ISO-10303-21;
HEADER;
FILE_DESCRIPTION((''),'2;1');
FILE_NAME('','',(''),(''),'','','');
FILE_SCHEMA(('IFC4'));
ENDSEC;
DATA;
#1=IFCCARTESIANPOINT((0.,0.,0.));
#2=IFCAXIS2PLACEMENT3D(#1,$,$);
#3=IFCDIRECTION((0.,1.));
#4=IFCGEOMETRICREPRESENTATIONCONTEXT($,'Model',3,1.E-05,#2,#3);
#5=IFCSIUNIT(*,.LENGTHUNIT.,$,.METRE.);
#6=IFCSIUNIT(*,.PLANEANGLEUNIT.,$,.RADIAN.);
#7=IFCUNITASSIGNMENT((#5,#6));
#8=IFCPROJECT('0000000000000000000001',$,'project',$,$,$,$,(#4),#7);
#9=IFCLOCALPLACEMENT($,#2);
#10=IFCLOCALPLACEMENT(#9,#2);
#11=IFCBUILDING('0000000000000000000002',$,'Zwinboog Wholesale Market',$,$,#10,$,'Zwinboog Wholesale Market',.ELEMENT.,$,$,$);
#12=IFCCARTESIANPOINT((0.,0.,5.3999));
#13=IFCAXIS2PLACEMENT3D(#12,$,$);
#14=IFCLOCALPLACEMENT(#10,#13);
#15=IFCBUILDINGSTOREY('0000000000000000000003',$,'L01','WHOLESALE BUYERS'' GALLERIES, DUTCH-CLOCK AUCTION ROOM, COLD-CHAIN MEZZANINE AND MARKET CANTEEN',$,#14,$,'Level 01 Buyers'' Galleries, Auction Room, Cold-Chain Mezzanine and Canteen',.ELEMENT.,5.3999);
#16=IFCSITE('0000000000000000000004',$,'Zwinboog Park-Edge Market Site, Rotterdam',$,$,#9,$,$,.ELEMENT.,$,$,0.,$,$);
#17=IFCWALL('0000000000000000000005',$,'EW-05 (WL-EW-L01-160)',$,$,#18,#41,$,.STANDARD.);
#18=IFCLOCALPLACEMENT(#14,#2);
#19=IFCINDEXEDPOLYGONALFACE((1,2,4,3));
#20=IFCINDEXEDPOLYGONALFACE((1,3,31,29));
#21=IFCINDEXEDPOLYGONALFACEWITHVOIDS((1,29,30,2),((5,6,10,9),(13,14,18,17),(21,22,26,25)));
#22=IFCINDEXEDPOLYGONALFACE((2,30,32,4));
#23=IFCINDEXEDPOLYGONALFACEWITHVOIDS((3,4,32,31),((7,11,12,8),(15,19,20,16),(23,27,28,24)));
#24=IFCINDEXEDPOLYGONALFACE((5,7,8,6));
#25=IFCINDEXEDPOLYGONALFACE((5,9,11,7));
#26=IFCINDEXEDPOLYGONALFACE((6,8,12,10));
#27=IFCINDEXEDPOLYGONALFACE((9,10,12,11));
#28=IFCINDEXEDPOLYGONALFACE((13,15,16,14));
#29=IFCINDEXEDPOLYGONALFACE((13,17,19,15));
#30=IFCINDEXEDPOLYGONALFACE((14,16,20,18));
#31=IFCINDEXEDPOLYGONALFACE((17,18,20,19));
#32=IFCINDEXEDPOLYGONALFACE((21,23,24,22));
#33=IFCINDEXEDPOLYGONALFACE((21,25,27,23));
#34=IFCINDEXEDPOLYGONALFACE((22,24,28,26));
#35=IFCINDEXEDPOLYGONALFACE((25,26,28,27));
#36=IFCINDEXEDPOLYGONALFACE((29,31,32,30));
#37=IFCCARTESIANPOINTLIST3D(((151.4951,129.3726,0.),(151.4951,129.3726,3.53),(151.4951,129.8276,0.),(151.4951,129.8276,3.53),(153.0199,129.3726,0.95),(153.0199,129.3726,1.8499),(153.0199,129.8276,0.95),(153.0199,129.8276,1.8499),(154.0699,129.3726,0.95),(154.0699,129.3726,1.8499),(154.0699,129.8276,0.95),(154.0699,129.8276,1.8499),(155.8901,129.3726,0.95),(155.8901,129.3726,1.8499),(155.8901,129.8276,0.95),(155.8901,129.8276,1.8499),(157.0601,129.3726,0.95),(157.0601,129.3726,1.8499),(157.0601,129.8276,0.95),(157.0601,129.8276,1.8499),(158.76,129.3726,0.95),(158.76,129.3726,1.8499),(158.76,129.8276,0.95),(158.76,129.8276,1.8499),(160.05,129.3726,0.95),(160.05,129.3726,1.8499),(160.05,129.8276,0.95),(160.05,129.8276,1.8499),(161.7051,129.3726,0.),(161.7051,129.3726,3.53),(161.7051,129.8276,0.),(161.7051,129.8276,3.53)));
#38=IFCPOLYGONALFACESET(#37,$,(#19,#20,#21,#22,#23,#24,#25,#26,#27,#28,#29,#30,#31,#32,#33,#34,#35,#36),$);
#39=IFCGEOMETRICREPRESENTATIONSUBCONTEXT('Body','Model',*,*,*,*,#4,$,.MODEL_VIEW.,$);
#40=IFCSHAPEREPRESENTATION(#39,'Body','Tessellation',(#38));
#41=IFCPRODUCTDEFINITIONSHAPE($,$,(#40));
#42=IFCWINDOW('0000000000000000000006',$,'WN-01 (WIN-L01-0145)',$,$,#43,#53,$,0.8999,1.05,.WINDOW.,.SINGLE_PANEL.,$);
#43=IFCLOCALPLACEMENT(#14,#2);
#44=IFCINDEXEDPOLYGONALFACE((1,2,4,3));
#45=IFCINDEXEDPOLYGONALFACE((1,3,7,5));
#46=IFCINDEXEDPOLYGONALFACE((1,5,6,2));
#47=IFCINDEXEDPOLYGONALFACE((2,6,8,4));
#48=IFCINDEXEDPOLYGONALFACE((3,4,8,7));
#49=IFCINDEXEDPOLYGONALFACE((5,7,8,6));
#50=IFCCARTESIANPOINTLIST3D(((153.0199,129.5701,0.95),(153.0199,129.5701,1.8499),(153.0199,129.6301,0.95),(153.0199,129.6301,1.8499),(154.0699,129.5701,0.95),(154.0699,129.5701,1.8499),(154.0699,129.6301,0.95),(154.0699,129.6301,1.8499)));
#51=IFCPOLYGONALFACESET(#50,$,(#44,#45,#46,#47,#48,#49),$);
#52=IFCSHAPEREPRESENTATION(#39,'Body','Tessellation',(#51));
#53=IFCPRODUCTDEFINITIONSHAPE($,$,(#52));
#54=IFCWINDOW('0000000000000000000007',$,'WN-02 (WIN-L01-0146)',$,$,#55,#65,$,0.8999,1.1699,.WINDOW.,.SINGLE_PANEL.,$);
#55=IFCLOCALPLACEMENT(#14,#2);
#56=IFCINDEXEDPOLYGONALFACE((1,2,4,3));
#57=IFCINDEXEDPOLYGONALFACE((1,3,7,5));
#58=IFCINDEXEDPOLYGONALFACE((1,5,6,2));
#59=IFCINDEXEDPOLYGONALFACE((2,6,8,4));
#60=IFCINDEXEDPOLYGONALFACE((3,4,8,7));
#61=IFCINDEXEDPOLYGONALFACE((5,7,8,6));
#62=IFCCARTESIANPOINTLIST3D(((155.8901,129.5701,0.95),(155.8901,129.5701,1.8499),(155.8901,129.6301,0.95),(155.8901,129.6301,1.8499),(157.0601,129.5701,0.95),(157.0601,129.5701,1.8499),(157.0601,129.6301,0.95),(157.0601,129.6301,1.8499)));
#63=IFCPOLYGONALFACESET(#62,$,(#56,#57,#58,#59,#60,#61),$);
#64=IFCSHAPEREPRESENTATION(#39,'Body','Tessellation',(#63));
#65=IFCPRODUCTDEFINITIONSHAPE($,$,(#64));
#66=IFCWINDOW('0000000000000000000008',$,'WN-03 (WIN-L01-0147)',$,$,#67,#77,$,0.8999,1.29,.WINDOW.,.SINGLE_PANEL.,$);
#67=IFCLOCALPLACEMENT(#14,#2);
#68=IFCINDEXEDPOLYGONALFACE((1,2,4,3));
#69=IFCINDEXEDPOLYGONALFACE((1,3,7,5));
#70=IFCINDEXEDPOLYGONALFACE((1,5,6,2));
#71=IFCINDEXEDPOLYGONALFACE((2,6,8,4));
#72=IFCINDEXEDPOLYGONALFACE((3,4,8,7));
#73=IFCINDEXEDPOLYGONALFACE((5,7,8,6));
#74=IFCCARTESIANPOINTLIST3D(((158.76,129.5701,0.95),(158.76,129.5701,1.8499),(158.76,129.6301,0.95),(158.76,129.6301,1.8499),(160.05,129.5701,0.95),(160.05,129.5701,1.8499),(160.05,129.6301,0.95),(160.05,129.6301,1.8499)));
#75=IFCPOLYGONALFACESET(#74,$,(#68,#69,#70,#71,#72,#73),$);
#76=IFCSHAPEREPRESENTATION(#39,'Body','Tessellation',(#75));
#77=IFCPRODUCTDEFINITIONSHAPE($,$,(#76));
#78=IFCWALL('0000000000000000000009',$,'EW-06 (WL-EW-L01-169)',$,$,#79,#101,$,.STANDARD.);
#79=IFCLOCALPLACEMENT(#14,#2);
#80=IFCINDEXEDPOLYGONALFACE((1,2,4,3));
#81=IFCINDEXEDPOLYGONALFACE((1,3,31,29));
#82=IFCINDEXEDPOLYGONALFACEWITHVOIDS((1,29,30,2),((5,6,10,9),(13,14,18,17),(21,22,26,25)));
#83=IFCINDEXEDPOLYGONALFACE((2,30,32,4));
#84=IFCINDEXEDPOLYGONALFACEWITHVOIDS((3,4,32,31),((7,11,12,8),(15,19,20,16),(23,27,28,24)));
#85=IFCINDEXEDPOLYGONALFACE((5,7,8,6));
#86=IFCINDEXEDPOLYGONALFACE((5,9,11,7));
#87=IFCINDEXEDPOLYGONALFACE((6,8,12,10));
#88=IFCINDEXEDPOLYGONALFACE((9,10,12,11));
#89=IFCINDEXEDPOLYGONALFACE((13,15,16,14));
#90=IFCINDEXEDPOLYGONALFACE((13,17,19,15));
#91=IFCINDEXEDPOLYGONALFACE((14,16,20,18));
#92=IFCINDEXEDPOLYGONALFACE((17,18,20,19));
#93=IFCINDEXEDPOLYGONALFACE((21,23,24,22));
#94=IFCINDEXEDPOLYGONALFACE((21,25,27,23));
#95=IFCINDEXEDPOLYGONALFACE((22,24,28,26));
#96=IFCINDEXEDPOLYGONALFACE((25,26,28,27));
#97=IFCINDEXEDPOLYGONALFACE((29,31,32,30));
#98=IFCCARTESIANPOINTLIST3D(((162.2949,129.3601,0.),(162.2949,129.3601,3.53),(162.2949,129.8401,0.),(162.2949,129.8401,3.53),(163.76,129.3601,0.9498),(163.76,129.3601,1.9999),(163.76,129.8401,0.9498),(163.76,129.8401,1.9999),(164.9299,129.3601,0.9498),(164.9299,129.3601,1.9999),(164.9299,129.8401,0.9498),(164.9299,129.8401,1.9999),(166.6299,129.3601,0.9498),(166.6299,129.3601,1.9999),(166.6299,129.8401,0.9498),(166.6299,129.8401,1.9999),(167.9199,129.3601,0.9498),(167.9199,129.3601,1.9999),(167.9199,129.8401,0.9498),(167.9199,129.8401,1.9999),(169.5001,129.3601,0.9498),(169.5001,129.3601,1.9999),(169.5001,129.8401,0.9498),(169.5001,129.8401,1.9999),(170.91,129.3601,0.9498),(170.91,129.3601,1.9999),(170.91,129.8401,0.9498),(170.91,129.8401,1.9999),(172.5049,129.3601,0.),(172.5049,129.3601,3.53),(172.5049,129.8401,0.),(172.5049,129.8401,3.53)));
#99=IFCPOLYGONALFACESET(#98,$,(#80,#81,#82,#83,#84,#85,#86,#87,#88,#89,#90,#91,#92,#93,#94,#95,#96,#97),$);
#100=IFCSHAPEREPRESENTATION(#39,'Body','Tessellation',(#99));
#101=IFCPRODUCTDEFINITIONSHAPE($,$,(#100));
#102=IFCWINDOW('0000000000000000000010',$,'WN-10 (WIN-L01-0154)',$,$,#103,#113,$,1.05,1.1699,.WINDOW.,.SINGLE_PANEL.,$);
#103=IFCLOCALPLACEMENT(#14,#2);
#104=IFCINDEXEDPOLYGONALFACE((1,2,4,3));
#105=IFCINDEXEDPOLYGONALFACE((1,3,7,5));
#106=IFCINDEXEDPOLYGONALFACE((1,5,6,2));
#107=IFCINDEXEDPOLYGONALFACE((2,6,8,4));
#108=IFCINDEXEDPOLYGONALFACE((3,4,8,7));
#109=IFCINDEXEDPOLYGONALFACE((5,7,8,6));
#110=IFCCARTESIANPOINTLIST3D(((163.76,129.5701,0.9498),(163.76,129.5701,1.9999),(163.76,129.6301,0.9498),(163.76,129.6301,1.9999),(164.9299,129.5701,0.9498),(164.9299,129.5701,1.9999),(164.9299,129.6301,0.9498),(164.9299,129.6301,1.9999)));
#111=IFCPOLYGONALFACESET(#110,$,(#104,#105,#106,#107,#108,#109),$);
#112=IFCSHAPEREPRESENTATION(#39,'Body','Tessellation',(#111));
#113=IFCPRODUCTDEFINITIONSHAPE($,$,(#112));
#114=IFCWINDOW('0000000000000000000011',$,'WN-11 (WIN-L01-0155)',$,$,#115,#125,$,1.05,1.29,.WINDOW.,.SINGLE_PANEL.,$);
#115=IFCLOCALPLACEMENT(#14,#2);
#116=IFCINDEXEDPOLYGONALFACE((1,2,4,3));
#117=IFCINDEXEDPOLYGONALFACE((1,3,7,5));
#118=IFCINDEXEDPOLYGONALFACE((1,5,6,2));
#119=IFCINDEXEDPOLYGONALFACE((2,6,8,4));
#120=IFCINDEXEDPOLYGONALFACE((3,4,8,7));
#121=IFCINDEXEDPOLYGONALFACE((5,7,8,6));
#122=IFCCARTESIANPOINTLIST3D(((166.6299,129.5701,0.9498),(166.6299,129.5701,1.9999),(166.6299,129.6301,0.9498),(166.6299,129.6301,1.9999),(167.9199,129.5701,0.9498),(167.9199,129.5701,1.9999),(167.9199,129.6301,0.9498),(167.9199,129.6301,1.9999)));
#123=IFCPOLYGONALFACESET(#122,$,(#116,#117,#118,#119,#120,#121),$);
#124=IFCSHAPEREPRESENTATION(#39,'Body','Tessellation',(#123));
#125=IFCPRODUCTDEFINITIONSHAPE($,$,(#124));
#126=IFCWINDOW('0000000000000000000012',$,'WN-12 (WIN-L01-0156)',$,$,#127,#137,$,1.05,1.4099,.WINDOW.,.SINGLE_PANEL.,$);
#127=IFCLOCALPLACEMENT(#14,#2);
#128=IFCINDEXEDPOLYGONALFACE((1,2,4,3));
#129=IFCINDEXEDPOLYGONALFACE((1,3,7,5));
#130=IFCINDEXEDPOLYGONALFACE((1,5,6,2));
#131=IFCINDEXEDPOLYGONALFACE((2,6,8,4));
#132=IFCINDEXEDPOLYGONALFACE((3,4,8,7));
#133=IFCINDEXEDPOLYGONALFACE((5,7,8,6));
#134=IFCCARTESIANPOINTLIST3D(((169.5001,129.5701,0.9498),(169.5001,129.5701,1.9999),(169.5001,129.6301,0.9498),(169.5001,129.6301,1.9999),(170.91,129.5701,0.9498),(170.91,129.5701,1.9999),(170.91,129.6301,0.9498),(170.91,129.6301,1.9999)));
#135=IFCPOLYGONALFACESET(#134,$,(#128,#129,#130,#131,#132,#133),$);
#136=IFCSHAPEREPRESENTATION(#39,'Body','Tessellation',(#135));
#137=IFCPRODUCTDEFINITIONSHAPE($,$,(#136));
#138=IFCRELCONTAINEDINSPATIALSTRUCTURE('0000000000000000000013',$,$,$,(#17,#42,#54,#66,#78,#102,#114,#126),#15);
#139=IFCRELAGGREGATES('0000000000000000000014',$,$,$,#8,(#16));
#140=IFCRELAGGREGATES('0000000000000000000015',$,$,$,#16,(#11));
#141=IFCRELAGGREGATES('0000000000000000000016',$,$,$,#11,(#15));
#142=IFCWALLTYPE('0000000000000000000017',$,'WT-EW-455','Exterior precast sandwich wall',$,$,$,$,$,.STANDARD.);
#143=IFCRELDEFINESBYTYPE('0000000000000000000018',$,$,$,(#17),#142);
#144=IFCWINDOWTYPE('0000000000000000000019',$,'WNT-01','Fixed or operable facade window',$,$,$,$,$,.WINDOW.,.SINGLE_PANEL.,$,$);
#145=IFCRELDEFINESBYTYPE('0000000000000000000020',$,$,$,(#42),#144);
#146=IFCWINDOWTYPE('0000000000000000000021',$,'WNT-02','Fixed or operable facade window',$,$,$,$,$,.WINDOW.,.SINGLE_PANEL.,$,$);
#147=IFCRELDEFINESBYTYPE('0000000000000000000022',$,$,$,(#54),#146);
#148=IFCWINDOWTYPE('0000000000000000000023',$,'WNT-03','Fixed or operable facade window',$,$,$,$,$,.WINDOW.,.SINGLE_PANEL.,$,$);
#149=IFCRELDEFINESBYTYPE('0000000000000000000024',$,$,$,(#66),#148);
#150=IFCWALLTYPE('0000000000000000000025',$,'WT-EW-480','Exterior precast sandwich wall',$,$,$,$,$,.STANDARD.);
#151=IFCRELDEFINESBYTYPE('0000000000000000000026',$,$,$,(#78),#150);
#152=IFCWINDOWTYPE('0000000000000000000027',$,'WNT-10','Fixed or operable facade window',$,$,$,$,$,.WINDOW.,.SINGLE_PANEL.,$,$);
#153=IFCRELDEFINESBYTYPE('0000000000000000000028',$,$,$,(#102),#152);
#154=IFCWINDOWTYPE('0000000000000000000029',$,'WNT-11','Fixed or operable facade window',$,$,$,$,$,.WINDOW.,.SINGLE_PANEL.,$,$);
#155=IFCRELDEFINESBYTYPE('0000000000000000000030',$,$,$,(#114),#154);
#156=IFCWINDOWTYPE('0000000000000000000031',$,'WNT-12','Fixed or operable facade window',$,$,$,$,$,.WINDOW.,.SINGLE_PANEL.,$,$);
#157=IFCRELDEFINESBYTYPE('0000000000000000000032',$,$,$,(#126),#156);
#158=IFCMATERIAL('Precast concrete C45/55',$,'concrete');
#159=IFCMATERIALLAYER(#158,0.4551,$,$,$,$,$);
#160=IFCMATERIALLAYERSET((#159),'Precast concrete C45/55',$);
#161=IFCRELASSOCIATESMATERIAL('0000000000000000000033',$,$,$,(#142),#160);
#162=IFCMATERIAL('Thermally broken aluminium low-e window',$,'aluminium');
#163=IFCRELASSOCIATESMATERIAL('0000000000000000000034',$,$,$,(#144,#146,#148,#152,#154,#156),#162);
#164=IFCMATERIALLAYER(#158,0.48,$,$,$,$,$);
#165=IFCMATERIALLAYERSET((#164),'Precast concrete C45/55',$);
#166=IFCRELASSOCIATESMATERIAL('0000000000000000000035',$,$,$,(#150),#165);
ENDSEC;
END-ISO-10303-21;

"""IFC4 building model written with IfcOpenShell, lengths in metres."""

from ifc_helpers import new_model, si_unit, direction, frame, frame_2d, origin, place, context, subcontext, project, spatial, rectangle, extrude, material, layer, layer_set, type_object, element, fill, save


model = new_model("IFC4")

# Units and contexts
model_context = context("Model", 3, precision=1e-05, world=origin(), true_north=direction((0.0, 1.0)))
body_context = subcontext(model_context, "Body", "Model", "MODEL_VIEW")
ifc_project = project(units=[si_unit("LENGTHUNIT", "METRE"), si_unit("PLANEANGLEUNIT", "RADIAN")], contexts=[model_context])

# Site, building, storey
site_placement = place(None, origin())
site = spatial("IfcSite", under=ifc_project, at=site_placement, Name="Zwinboog Park-Edge Market Site, Rotterdam", CompositionType="ELEMENT", RefElevation=0.0)
building_placement = place(site_placement, origin())
building = spatial("IfcBuilding", under=site, at=building_placement, Name="Zwinboog Wholesale Market", LongName="Zwinboog Wholesale Market", CompositionType="ELEMENT")
storey_placement = place(building_placement, frame((0.0, 0.0, 5.3999)))
storey = spatial("IfcBuildingStorey", under=building, at=storey_placement, Name="L01", Description="WHOLESALE BUYERS' GALLERIES, DUTCH-CLOCK AUCTION ROOM, COLD-CHAIN MEZZANINE AND MARKET CANTEEN", LongName="Level 01 Buyers' Galleries, Auction Room, Cold-Chain Mezzanine and Canteen", CompositionType="ELEMENT", Elevation=5.3999)

# Shared definitions
ifc_material_1 = material(Name="Precast concrete C45/55", Category="concrete")

# Walls, openings, windows
ifc_layer_1 = layer(ifc_material_1, 0.4551)
ifc_layer_set_1 = layer_set([ifc_layer_1], Name="Precast concrete C45/55")
wall_type_1 = type_object("IfcWallType", Name="WT-EW-455", Description="Exterior precast sandwich wall", PredefinedType="STANDARD", material=ifc_layer_set_1)
wall_1_placement = place(storey_placement, frame((151.4951, 129.6001, 0.0), z_axis=(0.0, 0.0, 1.0), x_axis=(1.0, 0.0, 0.0)))
wall_1 = element("IfcWall", 1, at=wall_1_placement, inside=storey, type_object=wall_type_1, Name="EW-05 (WL-EW-L01-160)", PredefinedType="STANDARD", context=body_context, shape_type="SweptSolid", body=[
    extrude(rectangle(XDim=10.21, YDim=0.4551, at=frame_2d((5.105, 0.0))), origin(), (0.0, 0.0, 1.0), 3.53),
])
opening_1_placement = place(wall_1_placement, frame((1.5249, 0.0, 0.95)))
opening_1 = element("IfcOpeningElement", 2, at=opening_1_placement, cuts=wall_1, PredefinedType="OPENING", context=body_context, shape_type="SweptSolid", body=[
    extrude(rectangle(XDim=1.05, YDim=0.8999, at=frame_2d((0.5249, 0.45))), frame((0.0, 0.2375, 0.0), z_axis=(0.0, -1.0, 0.0), x_axis=(1.0, 0.0, 0.0)), (0.0, 0.0, 1.0), 0.4751),
])
opening_2_placement = place(wall_1_placement, frame((4.395, 0.0, 0.95)))
opening_2 = element("IfcOpeningElement", 3, at=opening_2_placement, cuts=wall_1, PredefinedType="OPENING", context=body_context, shape_type="SweptSolid", body=[
    extrude(rectangle(XDim=1.1699, YDim=0.8999, at=frame_2d((0.585, 0.45))), frame((0.0, 0.2375, 0.0), z_axis=(0.0, -1.0, 0.0), x_axis=(1.0, 0.0, 0.0)), (0.0, 0.0, 1.0), 0.4751),
])
opening_3_placement = place(wall_1_placement, frame((7.2649, 0.0, 0.95)))
opening_3 = element("IfcOpeningElement", 4, at=opening_3_placement, cuts=wall_1, PredefinedType="OPENING", context=body_context, shape_type="SweptSolid", body=[
    extrude(rectangle(XDim=1.29, YDim=0.8999, at=frame_2d((0.645, 0.45))), frame((0.0, 0.2375, 0.0), z_axis=(0.0, -1.0, 0.0), x_axis=(1.0, 0.0, 0.0)), (0.0, 0.0, 1.0), 0.4751),
])
ifc_material_2 = material(Name="Thermally broken aluminium low-e window", Category="aluminium")
window_type_1 = type_object("IfcWindowType", Name="WNT-01", Description="Fixed or operable facade window", PartitioningType="SINGLE_PANEL", PredefinedType="WINDOW", material=ifc_material_2)
window_1_placement = place(opening_1_placement, origin())
window_1 = element("IfcWindow", 5, at=window_1_placement, inside=storey, type_object=window_type_1, Name="WN-01 (WIN-L01-0145)", OverallHeight=0.8999, OverallWidth=1.05, PartitioningType="SINGLE_PANEL", PredefinedType="WINDOW", context=body_context, shape_type="SweptSolid", body=[
    extrude(rectangle(XDim=1.05, YDim=0.8999, at=frame_2d((0.5249, 0.45))), frame((0.0, 0.03, 0.0), z_axis=(0.0, -1.0, 0.0), x_axis=(1.0, 0.0, 0.0)), (0.0, 0.0, 1.0), 0.0601),
])
fill(opening_1, window_1)
window_type_2 = type_object("IfcWindowType", Name="WNT-02", Description="Fixed or operable facade window", PartitioningType="SINGLE_PANEL", PredefinedType="WINDOW", material=ifc_material_2)
window_2_placement = place(opening_2_placement, origin())
window_2 = element("IfcWindow", 6, at=window_2_placement, inside=storey, type_object=window_type_2, Name="WN-02 (WIN-L01-0146)", OverallHeight=0.8999, OverallWidth=1.1699, PartitioningType="SINGLE_PANEL", PredefinedType="WINDOW", context=body_context, shape_type="SweptSolid", body=[
    extrude(rectangle(XDim=1.1699, YDim=0.8999, at=frame_2d((0.585, 0.45))), frame((0.0, 0.03, 0.0), z_axis=(0.0, -1.0, 0.0), x_axis=(1.0, 0.0, 0.0)), (0.0, 0.0, 1.0), 0.0601),
])
fill(opening_2, window_2)
window_type_3 = type_object("IfcWindowType", Name="WNT-03", Description="Fixed or operable facade window", PartitioningType="SINGLE_PANEL", PredefinedType="WINDOW", material=ifc_material_2)
window_3_placement = place(opening_3_placement, origin())
window_3 = element("IfcWindow", 7, at=window_3_placement, inside=storey, type_object=window_type_3, Name="WN-03 (WIN-L01-0147)", OverallHeight=0.8999, OverallWidth=1.29, PartitioningType="SINGLE_PANEL", PredefinedType="WINDOW", context=body_context, shape_type="SweptSolid", body=[
    extrude(rectangle(XDim=1.29, YDim=0.8999, at=frame_2d((0.645, 0.45))), frame((0.0, 0.03, 0.0), z_axis=(0.0, -1.0, 0.0), x_axis=(1.0, 0.0, 0.0)), (0.0, 0.0, 1.0), 0.0601),
])
fill(opening_3, window_3)
ifc_layer_2 = layer(ifc_material_1, 0.48)
ifc_layer_set_2 = layer_set([ifc_layer_2], Name="Precast concrete C45/55")
wall_type_2 = type_object("IfcWallType", Name="WT-EW-480", Description="Exterior precast sandwich wall", PredefinedType="STANDARD", material=ifc_layer_set_2)
wall_2_placement = place(storey_placement, frame((162.2949, 129.6001, 0.0), z_axis=(0.0, 0.0, 1.0), x_axis=(1.0, 0.0, 0.0)))
wall_2 = element("IfcWall", 8, at=wall_2_placement, inside=storey, type_object=wall_type_2, Name="EW-06 (WL-EW-L01-169)", PredefinedType="STANDARD", context=body_context, shape_type="SweptSolid", body=[
    extrude(rectangle(XDim=10.21, YDim=0.48, at=frame_2d((5.105, 0.0))), origin(), (0.0, 0.0, 1.0), 3.53),
])
opening_4_placement = place(wall_2_placement, frame((1.4651, 0.0, 0.95)))
opening_4 = element("IfcOpeningElement", 9, at=opening_4_placement, cuts=wall_2, PredefinedType="OPENING", context=body_context, shape_type="SweptSolid", body=[
    extrude(rectangle(XDim=1.1699, YDim=1.05, at=frame_2d((0.585, 0.5249))), frame((0.0, 0.25, 0.0), z_axis=(0.0, -1.0, 0.0), x_axis=(1.0, 0.0, 0.0)), (0.0, 0.0, 1.0), 0.5),
])
opening_5_placement = place(wall_2_placement, frame((4.335, 0.0, 0.95)))
opening_5 = element("IfcOpeningElement", 10, at=opening_5_placement, cuts=wall_2, PredefinedType="OPENING", context=body_context, shape_type="SweptSolid", body=[
    extrude(rectangle(XDim=1.29, YDim=1.05, at=frame_2d((0.645, 0.5249))), frame((0.0, 0.25, 0.0), z_axis=(0.0, -1.0, 0.0), x_axis=(1.0, 0.0, 0.0)), (0.0, 0.0, 1.0), 0.5),
])
opening_6_placement = place(wall_2_placement, frame((7.2051, 0.0, 0.95)))
opening_6 = element("IfcOpeningElement", 11, at=opening_6_placement, cuts=wall_2, PredefinedType="OPENING", context=body_context, shape_type="SweptSolid", body=[
    extrude(rectangle(XDim=1.4099, YDim=1.05, at=frame_2d((0.7051, 0.5249))), frame((0.0, 0.25, 0.0), z_axis=(0.0, -1.0, 0.0), x_axis=(1.0, 0.0, 0.0)), (0.0, 0.0, 1.0), 0.5),
])
window_type_4 = type_object("IfcWindowType", Name="WNT-10", Description="Fixed or operable facade window", PartitioningType="SINGLE_PANEL", PredefinedType="WINDOW", material=ifc_material_2)
window_4_placement = place(opening_4_placement, origin())
window_4 = element("IfcWindow", 12, at=window_4_placement, inside=storey, type_object=window_type_4, Name="WN-10 (WIN-L01-0154)", OverallHeight=1.05, OverallWidth=1.1699, PartitioningType="SINGLE_PANEL", PredefinedType="WINDOW", context=body_context, shape_type="SweptSolid", body=[
    extrude(rectangle(XDim=1.1699, YDim=1.05, at=frame_2d((0.585, 0.5249))), frame((0.0, 0.03, 0.0), z_axis=(0.0, -1.0, 0.0), x_axis=(1.0, 0.0, 0.0)), (0.0, 0.0, 1.0), 0.0601),
])
fill(opening_4, window_4)
window_type_5 = type_object("IfcWindowType", Name="WNT-11", Description="Fixed or operable facade window", PartitioningType="SINGLE_PANEL", PredefinedType="WINDOW", material=ifc_material_2)
window_5_placement = place(opening_5_placement, origin())
window_5 = element("IfcWindow", 13, at=window_5_placement, inside=storey, type_object=window_type_5, Name="WN-11 (WIN-L01-0155)", OverallHeight=1.05, OverallWidth=1.29, PartitioningType="SINGLE_PANEL", PredefinedType="WINDOW", context=body_context, shape_type="SweptSolid", body=[
    extrude(rectangle(XDim=1.29, YDim=1.05, at=frame_2d((0.645, 0.5249))), frame((0.0, 0.03, 0.0), z_axis=(0.0, -1.0, 0.0), x_axis=(1.0, 0.0, 0.0)), (0.0, 0.0, 1.0), 0.0601),
])
fill(opening_5, window_5)
window_type_6 = type_object("IfcWindowType", Name="WNT-12", Description="Fixed or operable facade window", PartitioningType="SINGLE_PANEL", PredefinedType="WINDOW", material=ifc_material_2)
window_6_placement = place(opening_6_placement, origin())
window_6 = element("IfcWindow", 14, at=window_6_placement, inside=storey, type_object=window_type_6, Name="WN-12 (WIN-L01-0156)", OverallHeight=1.05, OverallWidth=1.4099, PartitioningType="SINGLE_PANEL", PredefinedType="WINDOW", context=body_context, shape_type="SweptSolid", body=[
    extrude(rectangle(XDim=1.4099, YDim=1.05, at=frame_2d((0.7051, 0.5249))), frame((0.0, 0.03, 0.0), z_axis=(0.0, -1.0, 0.0), x_axis=(1.0, 0.0, 0.0)), (0.0, 0.0, 1.0), 0.0601),
])
fill(opening_6, window_6)

save(model, "model.ifc")
